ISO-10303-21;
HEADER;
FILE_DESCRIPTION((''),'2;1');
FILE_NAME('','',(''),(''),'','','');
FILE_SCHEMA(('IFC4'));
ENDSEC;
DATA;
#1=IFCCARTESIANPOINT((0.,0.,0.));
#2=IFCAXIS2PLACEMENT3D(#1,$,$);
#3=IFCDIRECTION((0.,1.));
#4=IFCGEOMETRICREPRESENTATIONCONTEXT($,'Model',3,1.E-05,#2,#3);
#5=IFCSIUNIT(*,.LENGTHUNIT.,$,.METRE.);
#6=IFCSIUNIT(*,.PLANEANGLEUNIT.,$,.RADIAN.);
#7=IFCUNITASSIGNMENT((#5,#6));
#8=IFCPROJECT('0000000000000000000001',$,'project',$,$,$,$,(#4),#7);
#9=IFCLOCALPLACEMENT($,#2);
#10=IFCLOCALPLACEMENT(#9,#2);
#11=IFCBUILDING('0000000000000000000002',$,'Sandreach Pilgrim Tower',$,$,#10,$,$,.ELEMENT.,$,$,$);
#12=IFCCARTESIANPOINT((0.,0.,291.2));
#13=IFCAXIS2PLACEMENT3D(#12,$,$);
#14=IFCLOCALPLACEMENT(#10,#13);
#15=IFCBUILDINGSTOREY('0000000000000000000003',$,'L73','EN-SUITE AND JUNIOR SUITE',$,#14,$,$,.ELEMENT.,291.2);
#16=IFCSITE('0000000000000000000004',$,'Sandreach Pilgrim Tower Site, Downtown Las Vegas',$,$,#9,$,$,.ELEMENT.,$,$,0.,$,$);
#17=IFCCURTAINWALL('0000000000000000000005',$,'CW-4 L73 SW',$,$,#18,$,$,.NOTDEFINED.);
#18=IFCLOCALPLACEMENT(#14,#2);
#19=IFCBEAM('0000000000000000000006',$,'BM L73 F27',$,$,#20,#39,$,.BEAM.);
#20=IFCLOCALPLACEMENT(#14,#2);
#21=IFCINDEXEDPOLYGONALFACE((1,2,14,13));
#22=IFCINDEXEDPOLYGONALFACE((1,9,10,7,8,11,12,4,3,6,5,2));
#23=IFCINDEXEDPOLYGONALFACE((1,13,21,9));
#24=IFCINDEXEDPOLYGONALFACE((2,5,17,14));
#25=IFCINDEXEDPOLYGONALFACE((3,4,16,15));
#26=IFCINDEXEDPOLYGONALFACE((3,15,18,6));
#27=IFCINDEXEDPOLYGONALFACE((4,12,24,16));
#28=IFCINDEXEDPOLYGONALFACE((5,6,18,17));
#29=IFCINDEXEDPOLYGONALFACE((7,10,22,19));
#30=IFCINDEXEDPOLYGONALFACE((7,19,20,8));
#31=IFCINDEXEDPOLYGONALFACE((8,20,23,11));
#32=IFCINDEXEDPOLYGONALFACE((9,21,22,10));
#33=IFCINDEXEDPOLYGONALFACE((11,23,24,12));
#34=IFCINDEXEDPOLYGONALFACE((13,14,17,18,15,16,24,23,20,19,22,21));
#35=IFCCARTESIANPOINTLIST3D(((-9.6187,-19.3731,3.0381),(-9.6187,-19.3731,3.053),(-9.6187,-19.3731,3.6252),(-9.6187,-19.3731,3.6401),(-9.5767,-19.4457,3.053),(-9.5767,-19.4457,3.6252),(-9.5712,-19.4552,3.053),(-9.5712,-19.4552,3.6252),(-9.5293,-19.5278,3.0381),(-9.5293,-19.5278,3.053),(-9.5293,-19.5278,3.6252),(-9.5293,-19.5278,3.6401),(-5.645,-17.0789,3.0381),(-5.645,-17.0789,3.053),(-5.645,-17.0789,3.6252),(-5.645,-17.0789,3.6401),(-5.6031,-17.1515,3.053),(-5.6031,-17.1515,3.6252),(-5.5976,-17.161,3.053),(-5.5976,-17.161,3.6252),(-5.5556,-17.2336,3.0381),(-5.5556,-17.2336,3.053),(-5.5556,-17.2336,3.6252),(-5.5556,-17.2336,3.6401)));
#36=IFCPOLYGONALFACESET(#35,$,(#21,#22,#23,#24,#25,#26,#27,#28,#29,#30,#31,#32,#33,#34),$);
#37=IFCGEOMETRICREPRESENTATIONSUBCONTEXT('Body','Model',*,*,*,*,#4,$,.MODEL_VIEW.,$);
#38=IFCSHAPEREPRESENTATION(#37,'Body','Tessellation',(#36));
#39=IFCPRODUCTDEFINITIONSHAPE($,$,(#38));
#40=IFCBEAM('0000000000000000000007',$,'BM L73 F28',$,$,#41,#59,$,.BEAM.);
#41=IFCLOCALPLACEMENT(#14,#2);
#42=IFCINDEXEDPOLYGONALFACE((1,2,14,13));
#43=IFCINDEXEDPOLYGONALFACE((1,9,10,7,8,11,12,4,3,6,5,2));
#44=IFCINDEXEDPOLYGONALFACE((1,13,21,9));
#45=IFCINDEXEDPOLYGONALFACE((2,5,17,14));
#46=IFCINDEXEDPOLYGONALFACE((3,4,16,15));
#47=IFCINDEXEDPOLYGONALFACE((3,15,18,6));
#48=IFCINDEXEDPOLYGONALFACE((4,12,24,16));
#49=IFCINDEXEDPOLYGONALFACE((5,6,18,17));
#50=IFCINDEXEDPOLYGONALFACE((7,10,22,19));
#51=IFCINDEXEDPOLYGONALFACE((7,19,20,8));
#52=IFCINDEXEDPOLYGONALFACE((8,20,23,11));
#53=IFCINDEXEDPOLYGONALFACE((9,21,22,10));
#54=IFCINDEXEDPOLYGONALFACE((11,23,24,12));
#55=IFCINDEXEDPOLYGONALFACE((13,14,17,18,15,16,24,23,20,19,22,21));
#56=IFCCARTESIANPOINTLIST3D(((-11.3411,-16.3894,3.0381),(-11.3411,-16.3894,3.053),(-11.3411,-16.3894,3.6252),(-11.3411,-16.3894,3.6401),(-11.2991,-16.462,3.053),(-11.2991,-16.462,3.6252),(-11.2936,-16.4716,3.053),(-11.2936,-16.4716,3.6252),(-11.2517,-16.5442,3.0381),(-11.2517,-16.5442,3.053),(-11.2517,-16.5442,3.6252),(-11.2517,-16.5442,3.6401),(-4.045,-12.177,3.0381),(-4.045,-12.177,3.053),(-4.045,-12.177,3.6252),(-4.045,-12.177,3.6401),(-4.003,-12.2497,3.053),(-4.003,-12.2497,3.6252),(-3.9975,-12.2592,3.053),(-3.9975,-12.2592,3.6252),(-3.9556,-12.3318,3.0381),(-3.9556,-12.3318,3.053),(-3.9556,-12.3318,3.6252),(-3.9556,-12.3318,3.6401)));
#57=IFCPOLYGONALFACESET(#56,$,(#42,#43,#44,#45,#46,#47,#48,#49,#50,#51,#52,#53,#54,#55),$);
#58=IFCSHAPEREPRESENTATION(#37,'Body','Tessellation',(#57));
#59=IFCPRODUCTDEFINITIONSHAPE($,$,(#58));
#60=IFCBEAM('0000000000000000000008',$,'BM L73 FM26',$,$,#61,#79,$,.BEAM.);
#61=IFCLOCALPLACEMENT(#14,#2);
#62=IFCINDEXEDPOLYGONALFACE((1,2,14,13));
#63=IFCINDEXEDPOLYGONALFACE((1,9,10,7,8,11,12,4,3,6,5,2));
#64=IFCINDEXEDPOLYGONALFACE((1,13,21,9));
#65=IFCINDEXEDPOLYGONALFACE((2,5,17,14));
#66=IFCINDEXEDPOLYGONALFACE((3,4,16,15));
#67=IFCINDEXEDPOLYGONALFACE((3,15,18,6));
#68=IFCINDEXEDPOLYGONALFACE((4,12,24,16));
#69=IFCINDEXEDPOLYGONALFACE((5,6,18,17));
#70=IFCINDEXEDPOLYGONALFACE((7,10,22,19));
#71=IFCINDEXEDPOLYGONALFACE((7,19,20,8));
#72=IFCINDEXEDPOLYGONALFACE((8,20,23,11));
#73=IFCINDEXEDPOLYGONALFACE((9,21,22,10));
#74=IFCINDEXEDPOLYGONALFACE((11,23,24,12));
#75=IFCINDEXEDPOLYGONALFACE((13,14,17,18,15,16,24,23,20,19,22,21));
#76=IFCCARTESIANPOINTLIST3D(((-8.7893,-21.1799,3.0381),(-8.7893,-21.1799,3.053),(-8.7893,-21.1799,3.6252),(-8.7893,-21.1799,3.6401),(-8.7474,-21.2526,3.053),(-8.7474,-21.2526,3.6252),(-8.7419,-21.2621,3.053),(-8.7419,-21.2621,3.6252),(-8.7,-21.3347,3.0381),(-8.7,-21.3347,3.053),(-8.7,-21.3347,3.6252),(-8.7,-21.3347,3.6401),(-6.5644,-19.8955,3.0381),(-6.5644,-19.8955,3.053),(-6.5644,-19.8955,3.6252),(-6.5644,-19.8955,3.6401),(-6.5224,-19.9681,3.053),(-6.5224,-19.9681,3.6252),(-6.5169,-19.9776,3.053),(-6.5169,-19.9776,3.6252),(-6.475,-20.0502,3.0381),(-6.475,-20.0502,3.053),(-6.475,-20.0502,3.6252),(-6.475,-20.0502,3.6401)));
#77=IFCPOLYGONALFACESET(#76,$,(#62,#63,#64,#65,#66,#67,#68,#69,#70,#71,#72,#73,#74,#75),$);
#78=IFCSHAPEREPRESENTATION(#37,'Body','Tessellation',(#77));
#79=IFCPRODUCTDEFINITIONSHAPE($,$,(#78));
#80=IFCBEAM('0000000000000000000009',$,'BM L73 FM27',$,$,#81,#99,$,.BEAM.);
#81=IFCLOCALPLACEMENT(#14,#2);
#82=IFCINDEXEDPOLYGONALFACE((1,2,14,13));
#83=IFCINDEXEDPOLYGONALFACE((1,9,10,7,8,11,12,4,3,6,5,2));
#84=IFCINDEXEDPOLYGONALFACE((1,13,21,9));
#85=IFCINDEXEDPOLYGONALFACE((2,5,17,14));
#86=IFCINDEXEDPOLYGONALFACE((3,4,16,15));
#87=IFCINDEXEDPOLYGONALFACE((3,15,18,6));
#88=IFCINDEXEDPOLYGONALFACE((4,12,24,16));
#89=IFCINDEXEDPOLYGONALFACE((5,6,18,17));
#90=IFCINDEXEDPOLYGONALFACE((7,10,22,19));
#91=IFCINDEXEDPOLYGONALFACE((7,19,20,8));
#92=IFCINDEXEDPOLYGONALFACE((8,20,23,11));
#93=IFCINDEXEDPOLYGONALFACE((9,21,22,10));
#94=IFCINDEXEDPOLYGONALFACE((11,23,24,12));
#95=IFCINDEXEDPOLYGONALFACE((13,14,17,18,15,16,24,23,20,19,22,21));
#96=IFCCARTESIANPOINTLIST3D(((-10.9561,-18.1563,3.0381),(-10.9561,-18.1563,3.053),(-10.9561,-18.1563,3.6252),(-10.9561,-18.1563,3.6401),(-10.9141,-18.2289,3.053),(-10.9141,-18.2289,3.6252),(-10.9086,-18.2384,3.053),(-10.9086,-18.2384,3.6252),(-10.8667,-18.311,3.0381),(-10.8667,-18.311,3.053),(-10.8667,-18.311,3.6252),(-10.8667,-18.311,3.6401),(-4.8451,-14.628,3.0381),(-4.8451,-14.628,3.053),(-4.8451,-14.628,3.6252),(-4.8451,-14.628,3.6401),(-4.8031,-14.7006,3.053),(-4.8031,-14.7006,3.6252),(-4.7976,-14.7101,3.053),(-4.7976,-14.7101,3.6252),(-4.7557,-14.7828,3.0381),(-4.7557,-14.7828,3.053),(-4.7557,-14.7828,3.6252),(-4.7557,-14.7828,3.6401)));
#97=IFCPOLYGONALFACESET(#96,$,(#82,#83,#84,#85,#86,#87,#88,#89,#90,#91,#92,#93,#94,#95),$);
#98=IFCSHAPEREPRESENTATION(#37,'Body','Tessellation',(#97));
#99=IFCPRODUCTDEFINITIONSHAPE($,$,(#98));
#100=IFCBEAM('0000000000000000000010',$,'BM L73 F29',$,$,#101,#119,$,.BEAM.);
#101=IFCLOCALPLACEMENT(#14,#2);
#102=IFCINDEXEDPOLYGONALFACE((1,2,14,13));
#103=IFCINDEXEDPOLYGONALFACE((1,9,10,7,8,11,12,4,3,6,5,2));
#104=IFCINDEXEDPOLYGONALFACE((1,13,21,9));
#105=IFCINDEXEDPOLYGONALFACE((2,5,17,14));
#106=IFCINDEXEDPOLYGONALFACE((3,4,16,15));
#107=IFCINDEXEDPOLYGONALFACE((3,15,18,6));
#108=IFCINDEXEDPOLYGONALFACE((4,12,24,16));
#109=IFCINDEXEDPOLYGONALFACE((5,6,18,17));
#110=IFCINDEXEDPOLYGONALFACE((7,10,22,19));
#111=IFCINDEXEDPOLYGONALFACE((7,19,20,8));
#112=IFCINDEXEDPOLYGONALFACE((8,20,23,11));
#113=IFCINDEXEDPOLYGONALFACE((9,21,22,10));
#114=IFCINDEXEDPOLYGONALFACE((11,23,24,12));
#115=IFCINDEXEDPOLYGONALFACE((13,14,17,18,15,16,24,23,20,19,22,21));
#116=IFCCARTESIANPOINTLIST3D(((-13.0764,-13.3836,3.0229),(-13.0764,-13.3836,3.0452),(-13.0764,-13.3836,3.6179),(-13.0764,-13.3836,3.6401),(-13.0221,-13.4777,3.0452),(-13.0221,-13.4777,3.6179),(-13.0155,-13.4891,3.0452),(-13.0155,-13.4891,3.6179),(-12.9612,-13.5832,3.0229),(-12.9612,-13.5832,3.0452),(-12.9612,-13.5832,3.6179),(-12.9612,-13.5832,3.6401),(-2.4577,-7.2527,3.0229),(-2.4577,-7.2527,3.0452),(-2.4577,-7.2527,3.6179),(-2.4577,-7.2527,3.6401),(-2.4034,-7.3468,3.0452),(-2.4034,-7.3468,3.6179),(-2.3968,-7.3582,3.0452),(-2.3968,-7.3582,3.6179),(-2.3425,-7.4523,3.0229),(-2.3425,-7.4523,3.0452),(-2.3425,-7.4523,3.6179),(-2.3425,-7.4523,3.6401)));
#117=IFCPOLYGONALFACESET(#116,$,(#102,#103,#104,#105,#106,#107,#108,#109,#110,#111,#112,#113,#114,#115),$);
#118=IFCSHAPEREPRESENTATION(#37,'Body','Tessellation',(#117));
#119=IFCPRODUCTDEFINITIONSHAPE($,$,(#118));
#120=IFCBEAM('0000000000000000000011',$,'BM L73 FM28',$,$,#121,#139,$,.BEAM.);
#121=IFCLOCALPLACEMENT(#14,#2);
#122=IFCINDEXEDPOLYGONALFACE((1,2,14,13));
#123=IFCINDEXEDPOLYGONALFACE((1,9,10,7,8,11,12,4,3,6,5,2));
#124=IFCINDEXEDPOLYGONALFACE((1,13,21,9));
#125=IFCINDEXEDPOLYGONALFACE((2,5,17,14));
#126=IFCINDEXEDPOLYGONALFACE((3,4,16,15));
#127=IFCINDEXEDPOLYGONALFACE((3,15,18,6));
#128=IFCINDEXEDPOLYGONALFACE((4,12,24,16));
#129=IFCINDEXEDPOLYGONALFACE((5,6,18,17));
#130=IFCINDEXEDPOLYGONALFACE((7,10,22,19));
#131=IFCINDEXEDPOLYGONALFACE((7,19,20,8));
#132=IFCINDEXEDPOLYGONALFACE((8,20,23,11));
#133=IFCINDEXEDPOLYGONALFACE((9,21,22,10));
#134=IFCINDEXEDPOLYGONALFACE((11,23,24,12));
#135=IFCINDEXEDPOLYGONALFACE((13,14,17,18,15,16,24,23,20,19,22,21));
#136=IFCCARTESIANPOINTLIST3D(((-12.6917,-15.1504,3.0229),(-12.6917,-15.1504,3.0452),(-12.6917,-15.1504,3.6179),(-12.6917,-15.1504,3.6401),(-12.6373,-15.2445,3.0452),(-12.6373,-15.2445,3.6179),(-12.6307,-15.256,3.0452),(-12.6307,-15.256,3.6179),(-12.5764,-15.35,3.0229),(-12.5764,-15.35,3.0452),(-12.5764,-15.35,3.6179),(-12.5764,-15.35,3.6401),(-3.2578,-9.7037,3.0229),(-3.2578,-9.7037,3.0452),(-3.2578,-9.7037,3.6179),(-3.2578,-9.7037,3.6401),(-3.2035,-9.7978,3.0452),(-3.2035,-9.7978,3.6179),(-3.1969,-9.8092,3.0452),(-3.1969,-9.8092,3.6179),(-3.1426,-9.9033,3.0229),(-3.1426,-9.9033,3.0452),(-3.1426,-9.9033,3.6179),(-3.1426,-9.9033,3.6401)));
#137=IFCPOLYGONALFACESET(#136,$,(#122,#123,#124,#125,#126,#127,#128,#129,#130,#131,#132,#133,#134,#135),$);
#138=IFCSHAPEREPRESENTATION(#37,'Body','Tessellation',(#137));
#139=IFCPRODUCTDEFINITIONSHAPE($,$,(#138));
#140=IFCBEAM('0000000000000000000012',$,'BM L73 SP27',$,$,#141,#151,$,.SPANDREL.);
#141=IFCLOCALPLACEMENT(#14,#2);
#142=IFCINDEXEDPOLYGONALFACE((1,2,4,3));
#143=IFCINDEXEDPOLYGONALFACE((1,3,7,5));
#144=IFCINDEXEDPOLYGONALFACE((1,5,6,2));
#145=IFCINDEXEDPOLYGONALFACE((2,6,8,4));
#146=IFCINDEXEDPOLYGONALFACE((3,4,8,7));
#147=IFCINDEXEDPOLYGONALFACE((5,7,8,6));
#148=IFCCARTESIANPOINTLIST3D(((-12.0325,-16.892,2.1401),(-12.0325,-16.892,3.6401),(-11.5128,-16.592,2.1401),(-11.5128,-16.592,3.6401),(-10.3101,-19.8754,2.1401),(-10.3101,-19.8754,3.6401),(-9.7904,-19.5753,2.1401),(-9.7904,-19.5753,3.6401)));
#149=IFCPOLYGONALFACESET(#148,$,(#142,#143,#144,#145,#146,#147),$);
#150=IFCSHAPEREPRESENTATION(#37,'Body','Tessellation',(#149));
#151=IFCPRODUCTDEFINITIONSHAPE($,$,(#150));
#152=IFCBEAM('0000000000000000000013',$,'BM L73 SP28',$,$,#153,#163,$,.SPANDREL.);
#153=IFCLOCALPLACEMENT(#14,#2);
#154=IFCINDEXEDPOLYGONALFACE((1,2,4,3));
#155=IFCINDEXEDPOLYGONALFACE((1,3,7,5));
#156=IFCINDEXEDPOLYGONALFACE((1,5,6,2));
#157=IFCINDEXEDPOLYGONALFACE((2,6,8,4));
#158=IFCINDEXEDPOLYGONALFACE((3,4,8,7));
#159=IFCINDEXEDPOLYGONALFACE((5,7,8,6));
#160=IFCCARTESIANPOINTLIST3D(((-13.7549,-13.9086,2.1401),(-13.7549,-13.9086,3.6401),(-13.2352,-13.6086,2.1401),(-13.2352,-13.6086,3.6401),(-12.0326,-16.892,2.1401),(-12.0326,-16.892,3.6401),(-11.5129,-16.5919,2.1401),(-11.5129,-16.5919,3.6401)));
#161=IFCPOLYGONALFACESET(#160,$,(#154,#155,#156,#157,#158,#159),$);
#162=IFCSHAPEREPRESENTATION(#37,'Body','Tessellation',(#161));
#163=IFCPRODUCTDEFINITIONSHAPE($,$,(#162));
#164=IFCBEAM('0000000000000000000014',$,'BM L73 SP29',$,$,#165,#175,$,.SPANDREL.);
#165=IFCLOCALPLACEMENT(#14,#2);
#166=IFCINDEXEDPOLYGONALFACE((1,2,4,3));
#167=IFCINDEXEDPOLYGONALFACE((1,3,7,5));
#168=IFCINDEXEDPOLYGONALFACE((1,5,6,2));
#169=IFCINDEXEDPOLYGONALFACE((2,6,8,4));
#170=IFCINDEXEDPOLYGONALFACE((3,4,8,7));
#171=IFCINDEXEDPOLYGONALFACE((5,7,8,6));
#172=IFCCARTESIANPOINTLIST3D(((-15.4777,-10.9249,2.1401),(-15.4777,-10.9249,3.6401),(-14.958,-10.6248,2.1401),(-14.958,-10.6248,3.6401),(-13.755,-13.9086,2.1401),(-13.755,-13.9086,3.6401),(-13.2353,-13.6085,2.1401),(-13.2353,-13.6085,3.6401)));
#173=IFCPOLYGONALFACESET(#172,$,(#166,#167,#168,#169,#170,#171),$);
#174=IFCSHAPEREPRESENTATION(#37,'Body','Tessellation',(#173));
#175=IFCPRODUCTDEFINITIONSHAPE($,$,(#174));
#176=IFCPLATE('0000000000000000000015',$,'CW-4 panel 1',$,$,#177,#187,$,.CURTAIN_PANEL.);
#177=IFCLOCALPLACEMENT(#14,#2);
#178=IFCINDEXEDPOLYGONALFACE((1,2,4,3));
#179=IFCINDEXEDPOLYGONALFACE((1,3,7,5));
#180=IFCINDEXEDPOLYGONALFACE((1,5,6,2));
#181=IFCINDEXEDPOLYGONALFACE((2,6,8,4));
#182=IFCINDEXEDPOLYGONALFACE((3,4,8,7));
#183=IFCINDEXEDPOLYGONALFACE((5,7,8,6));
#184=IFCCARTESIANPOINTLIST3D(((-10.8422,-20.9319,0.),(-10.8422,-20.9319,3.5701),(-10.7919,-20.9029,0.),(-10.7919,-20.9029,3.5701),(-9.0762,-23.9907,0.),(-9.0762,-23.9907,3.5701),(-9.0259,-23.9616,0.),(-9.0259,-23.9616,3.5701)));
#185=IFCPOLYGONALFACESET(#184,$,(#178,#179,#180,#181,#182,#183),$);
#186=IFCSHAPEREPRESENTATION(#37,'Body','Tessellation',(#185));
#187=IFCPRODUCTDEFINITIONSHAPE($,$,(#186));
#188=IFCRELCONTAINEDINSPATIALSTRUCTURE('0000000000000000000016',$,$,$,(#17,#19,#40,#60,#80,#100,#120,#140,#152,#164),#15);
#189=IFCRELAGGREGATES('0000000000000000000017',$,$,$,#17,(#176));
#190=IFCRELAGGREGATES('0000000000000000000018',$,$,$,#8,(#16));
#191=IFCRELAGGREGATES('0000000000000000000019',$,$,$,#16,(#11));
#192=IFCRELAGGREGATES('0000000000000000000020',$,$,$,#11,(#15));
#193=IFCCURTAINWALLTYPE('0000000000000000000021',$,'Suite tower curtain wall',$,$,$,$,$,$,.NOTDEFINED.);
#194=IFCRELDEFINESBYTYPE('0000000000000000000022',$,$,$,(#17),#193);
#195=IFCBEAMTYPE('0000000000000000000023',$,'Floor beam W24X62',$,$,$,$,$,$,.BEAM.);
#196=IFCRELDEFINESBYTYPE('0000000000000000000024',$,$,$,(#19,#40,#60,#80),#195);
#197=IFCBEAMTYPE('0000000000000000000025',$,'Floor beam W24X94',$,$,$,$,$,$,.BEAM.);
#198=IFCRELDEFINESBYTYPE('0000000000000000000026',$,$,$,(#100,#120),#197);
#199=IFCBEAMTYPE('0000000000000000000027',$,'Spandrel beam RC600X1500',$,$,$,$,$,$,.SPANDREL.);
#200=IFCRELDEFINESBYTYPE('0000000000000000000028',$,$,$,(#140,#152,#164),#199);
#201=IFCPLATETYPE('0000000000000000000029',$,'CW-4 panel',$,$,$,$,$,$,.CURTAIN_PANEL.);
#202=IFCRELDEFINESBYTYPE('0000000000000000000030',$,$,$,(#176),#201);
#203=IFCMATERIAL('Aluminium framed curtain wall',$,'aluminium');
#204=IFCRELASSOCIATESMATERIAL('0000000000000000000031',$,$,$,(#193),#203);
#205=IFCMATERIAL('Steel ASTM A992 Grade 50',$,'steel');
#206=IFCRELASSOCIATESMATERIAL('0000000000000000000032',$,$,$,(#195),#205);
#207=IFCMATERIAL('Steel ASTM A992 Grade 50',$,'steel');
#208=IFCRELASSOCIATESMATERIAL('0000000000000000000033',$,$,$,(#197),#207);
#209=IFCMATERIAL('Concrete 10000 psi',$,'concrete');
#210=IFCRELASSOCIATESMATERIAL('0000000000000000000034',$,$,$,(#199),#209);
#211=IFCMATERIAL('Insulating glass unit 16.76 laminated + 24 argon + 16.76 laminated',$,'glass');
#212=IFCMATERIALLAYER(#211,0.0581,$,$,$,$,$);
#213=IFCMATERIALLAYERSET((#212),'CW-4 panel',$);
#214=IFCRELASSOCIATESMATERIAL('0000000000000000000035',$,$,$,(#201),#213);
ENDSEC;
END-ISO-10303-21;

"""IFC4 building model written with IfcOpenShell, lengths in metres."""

from ifc_helpers import new_model, si_unit, direction, frame, origin, origin_2d, place, context, subcontext, project, spatial, rectangle, i_section, extrude, material, layer, layer_set, material_profile, profile_set, type_object, element, aggregate, save


model = new_model("IFC4")

# Units and contexts
model_context = context("Model", 3, precision=1e-05, world=origin(), true_north=direction((0.0, 1.0)))
body_context = subcontext(model_context, "Body", "Model", "MODEL_VIEW")
ifc_project = project(units=[si_unit("LENGTHUNIT", "METRE"), si_unit("PLANEANGLEUNIT", "RADIAN")], contexts=[model_context])

# Site, building, storey
site_placement = place(None, origin())
site = spatial("IfcSite", under=ifc_project, at=site_placement, Name="Sandreach Pilgrim Tower Site, Downtown Las Vegas", CompositionType="ELEMENT", RefElevation=0.0)
building_placement = place(site_placement, origin())
building = spatial("IfcBuilding", under=site, at=building_placement, Name="Sandreach Pilgrim Tower", CompositionType="ELEMENT")
storey_placement = place(building_placement, frame((0.0, 0.0, 291.2)))
storey = spatial("IfcBuildingStorey", under=building, at=storey_placement, Name="L73", Description="EN-SUITE AND JUNIOR SUITE", CompositionType="ELEMENT", Elevation=291.2)

# Shared definitions
ifc_material_1 = material(Name="Aluminium framed curtain wall", Category="aluminium")
curtain_wall_type = type_object("IfcCurtainWallType", Name="Suite tower curtain wall", PredefinedType="NOTDEFINED", material=ifc_material_1)

# Curtain wall
curtain_wall_1_placement = place(storey_placement, origin())
curtain_wall_1 = element("IfcCurtainWall", 1, at=curtain_wall_1_placement, inside=storey, type_object=curtain_wall_type, Name="CW-4 L73 SW", PredefinedType="NOTDEFINED")

# Beams
ifc_material_2 = material(Name="Steel ASTM A992 Grade 50", Category="steel")
ifc_material_profile_1 = material_profile(ifc_material_2, i_section(OverallWidth=0.1787, OverallDepth=0.6021, WebThickness=0.011, FlangeThickness=0.0149, at=origin_2d()), Name="W24X62")
ifc_profile_set_1 = profile_set([ifc_material_profile_1], Name="Steel ASTM A992 Grade 50")
beam_type_1 = type_object("IfcBeamType", Name="Floor beam W24X62", PredefinedType="BEAM", material=ifc_profile_set_1)
beam_1_placement = place(storey_placement, frame((-9.574, -19.4504, 3.3391), z_axis=(0.866024, 0.500002, 0.0), x_axis=(-0.500002, 0.866024, 0.0)))
element("IfcBeam", 2, at=beam_1_placement, inside=storey, type_object=beam_type_1, Name="BM L73 F27", PredefinedType="BEAM", context=body_context, shape_type="SweptSolid", body=[
    extrude(i_section(OverallWidth=0.1787, OverallDepth=0.6021, WebThickness=0.011, FlangeThickness=0.0149, at=origin_2d()), origin(), (0.0, 0.0, 1.0), 4.5884),
])
beam_2_placement = place(storey_placement, frame((-11.2964, -16.4668, 3.3391), z_axis=(0.866027, 0.499998, 0.0), x_axis=(-0.499998, 0.866027, 0.0)))
element("IfcBeam", 3, at=beam_2_placement, inside=storey, type_object=beam_type_1, Name="BM L73 F28", PredefinedType="BEAM", context=body_context, shape_type="SweptSolid", body=[
    extrude(i_section(OverallWidth=0.1787, OverallDepth=0.6021, WebThickness=0.011, FlangeThickness=0.0149, at=origin_2d()), origin(), (0.0, 0.0, 1.0), 8.4248),
])
beam_3_placement = place(storey_placement, frame((-8.7446, -21.2573, 3.3391), z_axis=(0.866042, 0.499972, 0.0), x_axis=(-0.499972, 0.866042, 0.0)))
element("IfcBeam", 4, at=beam_3_placement, inside=storey, type_object=beam_type_1, Name="BM L73 FM26", PredefinedType="BEAM", context=body_context, shape_type="SweptSolid", body=[
    extrude(i_section(OverallWidth=0.1787, OverallDepth=0.6021, WebThickness=0.011, FlangeThickness=0.0149, at=origin_2d()), origin(), (0.0, 0.0, 1.0), 2.5691),
])
beam_4_placement = place(storey_placement, frame((-10.9114, -18.2336, 3.3391), z_axis=(0.86602, 0.500009, 0.0), x_axis=(-0.500009, 0.86602, 0.0)))
element("IfcBeam", 5, at=beam_4_placement, inside=storey, type_object=beam_type_1, Name="BM L73 FM27", PredefinedType="BEAM", context=body_context, shape_type="SweptSolid", body=[
    extrude(i_section(OverallWidth=0.1787, OverallDepth=0.6021, WebThickness=0.011, FlangeThickness=0.0149, at=origin_2d()), origin(), (0.0, 0.0, 1.0), 7.0564),
])
ifc_material_3 = material(Name="Steel ASTM A992 Grade 50", Category="steel")
ifc_material_profile_2 = material_profile(ifc_material_3, i_section(OverallWidth=0.2305, OverallDepth=0.6172, WebThickness=0.0132, FlangeThickness=0.0222, at=origin_2d()), Name="W24X94")
ifc_profile_set_2 = profile_set([ifc_material_profile_2], Name="Steel ASTM A992 Grade 50")
beam_type_2 = type_object("IfcBeamType", Name="Floor beam W24X94", PredefinedType="BEAM", material=ifc_profile_set_2)
beam_5_placement = place(storey_placement, frame((-13.0188, -13.4834, 3.3315), z_axis=(0.866019, 0.500011, 0.0), x_axis=(-0.500011, 0.866019, 0.0)))
element("IfcBeam", 6, at=beam_5_placement, inside=storey, type_object=beam_type_2, Name="BM L73 F29", PredefinedType="BEAM", context=body_context, shape_type="SweptSolid", body=[
    extrude(i_section(OverallWidth=0.2305, OverallDepth=0.6172, WebThickness=0.0132, FlangeThickness=0.0222, at=origin_2d()), origin(), (0.0, 0.0, 1.0), 12.2615),
])
beam_6_placement = place(storey_placement, frame((-12.634, -15.2502, 3.3315), z_axis=(0.86602, 0.50001, 0.0), x_axis=(-0.50001, 0.86602, 0.0)))
element("IfcBeam", 7, at=beam_6_placement, inside=storey, type_object=beam_type_2, Name="BM L73 FM28", PredefinedType="BEAM", context=body_context, shape_type="SweptSolid", body=[
    extrude(i_section(OverallWidth=0.2305, OverallDepth=0.6172, WebThickness=0.0132, FlangeThickness=0.0222, at=origin_2d()), origin(), (0.0, 0.0, 1.0), 10.8933),
])
ifc_material_4 = material(Name="Concrete 10000 psi", Category="concrete")
ifc_material_profile_3 = material_profile(ifc_material_4, rectangle(XDim=0.6001, YDim=1.5, at=origin_2d()), Name="RC600X1500")
ifc_profile_set_3 = profile_set([ifc_material_profile_3], Name="Concrete 10000 psi")
beam_type_3 = type_object("IfcBeamType", Name="Spandrel beam RC600X1500", PredefinedType="SPANDREL", material=ifc_profile_set_3)
for number, where, z_axis, x_axis, name in (
    (8, (-10.0503, -19.7253, 2.8901), (-0.499988, 0.866032, 0.0), (-0.866032, -0.499988, 0.0), "BM L73 SP27"),
    (9, (-11.7727, -16.7419, 2.8901), (-0.499988, 0.866032, 0.0), (-0.866032, -0.499988, 0.0), "BM L73 SP28"),
):
    element("IfcBeam", number, at=place(storey_placement, frame(where, z_axis=z_axis, x_axis=x_axis)), inside=storey, type_object=beam_type_3, Name=name, PredefinedType="SPANDREL", context=body_context, shape_type="SweptSolid", body=[
        extrude(rectangle(XDim=0.6001, YDim=1.5, at=origin_2d()), origin(), (0.0, 0.0, 1.0), 3.4448),
    ])
beam_7_placement = place(storey_placement, frame((-13.4951, -13.7585, 2.8901), z_axis=(-0.500011, 0.866019, 0.0), x_axis=(-0.866019, -0.500011, 0.0)))
element("IfcBeam", 10, at=beam_7_placement, inside=storey, type_object=beam_type_3, Name="BM L73 SP29", PredefinedType="SPANDREL", context=body_context, shape_type="SweptSolid", body=[
    extrude(rectangle(XDim=0.6001, YDim=1.5, at=origin_2d()), origin(), (0.0, 0.0, 1.0), 3.4453),
])

# Plate
ifc_material_5 = material(Name="Insulating glass unit 16.76 laminated + 24 argon + 16.76 laminated", Category="glass")
ifc_layer_1 = layer(ifc_material_5, 0.0581)
ifc_layer_set_1 = layer_set([ifc_layer_1], Name="CW-4 panel")
plate_type = type_object("IfcPlateType", Name="CW-4 panel", PredefinedType="CURTAIN_PANEL", material=ifc_layer_set_1)
plate_1_placement = place(storey_placement, frame((-9.9341, -22.4468, 0.0), z_axis=(0.0, 0.0, 1.0), x_axis=(-0.5, 0.866025, 0.0)))
plate_1 = element("IfcPlate", 11, at=plate_1_placement, type_object=plate_type, Name="CW-4 panel 1", PredefinedType="CURTAIN_PANEL", context=body_context, shape_type="SweptSolid", body=[
    extrude(rectangle(XDim=3.532, YDim=0.0581, at=origin_2d()), origin(), (0.0, 0.0, 1.0), 3.5701),
])
aggregate(curtain_wall_1, [plate_1])

save(model, "model.ifc")
